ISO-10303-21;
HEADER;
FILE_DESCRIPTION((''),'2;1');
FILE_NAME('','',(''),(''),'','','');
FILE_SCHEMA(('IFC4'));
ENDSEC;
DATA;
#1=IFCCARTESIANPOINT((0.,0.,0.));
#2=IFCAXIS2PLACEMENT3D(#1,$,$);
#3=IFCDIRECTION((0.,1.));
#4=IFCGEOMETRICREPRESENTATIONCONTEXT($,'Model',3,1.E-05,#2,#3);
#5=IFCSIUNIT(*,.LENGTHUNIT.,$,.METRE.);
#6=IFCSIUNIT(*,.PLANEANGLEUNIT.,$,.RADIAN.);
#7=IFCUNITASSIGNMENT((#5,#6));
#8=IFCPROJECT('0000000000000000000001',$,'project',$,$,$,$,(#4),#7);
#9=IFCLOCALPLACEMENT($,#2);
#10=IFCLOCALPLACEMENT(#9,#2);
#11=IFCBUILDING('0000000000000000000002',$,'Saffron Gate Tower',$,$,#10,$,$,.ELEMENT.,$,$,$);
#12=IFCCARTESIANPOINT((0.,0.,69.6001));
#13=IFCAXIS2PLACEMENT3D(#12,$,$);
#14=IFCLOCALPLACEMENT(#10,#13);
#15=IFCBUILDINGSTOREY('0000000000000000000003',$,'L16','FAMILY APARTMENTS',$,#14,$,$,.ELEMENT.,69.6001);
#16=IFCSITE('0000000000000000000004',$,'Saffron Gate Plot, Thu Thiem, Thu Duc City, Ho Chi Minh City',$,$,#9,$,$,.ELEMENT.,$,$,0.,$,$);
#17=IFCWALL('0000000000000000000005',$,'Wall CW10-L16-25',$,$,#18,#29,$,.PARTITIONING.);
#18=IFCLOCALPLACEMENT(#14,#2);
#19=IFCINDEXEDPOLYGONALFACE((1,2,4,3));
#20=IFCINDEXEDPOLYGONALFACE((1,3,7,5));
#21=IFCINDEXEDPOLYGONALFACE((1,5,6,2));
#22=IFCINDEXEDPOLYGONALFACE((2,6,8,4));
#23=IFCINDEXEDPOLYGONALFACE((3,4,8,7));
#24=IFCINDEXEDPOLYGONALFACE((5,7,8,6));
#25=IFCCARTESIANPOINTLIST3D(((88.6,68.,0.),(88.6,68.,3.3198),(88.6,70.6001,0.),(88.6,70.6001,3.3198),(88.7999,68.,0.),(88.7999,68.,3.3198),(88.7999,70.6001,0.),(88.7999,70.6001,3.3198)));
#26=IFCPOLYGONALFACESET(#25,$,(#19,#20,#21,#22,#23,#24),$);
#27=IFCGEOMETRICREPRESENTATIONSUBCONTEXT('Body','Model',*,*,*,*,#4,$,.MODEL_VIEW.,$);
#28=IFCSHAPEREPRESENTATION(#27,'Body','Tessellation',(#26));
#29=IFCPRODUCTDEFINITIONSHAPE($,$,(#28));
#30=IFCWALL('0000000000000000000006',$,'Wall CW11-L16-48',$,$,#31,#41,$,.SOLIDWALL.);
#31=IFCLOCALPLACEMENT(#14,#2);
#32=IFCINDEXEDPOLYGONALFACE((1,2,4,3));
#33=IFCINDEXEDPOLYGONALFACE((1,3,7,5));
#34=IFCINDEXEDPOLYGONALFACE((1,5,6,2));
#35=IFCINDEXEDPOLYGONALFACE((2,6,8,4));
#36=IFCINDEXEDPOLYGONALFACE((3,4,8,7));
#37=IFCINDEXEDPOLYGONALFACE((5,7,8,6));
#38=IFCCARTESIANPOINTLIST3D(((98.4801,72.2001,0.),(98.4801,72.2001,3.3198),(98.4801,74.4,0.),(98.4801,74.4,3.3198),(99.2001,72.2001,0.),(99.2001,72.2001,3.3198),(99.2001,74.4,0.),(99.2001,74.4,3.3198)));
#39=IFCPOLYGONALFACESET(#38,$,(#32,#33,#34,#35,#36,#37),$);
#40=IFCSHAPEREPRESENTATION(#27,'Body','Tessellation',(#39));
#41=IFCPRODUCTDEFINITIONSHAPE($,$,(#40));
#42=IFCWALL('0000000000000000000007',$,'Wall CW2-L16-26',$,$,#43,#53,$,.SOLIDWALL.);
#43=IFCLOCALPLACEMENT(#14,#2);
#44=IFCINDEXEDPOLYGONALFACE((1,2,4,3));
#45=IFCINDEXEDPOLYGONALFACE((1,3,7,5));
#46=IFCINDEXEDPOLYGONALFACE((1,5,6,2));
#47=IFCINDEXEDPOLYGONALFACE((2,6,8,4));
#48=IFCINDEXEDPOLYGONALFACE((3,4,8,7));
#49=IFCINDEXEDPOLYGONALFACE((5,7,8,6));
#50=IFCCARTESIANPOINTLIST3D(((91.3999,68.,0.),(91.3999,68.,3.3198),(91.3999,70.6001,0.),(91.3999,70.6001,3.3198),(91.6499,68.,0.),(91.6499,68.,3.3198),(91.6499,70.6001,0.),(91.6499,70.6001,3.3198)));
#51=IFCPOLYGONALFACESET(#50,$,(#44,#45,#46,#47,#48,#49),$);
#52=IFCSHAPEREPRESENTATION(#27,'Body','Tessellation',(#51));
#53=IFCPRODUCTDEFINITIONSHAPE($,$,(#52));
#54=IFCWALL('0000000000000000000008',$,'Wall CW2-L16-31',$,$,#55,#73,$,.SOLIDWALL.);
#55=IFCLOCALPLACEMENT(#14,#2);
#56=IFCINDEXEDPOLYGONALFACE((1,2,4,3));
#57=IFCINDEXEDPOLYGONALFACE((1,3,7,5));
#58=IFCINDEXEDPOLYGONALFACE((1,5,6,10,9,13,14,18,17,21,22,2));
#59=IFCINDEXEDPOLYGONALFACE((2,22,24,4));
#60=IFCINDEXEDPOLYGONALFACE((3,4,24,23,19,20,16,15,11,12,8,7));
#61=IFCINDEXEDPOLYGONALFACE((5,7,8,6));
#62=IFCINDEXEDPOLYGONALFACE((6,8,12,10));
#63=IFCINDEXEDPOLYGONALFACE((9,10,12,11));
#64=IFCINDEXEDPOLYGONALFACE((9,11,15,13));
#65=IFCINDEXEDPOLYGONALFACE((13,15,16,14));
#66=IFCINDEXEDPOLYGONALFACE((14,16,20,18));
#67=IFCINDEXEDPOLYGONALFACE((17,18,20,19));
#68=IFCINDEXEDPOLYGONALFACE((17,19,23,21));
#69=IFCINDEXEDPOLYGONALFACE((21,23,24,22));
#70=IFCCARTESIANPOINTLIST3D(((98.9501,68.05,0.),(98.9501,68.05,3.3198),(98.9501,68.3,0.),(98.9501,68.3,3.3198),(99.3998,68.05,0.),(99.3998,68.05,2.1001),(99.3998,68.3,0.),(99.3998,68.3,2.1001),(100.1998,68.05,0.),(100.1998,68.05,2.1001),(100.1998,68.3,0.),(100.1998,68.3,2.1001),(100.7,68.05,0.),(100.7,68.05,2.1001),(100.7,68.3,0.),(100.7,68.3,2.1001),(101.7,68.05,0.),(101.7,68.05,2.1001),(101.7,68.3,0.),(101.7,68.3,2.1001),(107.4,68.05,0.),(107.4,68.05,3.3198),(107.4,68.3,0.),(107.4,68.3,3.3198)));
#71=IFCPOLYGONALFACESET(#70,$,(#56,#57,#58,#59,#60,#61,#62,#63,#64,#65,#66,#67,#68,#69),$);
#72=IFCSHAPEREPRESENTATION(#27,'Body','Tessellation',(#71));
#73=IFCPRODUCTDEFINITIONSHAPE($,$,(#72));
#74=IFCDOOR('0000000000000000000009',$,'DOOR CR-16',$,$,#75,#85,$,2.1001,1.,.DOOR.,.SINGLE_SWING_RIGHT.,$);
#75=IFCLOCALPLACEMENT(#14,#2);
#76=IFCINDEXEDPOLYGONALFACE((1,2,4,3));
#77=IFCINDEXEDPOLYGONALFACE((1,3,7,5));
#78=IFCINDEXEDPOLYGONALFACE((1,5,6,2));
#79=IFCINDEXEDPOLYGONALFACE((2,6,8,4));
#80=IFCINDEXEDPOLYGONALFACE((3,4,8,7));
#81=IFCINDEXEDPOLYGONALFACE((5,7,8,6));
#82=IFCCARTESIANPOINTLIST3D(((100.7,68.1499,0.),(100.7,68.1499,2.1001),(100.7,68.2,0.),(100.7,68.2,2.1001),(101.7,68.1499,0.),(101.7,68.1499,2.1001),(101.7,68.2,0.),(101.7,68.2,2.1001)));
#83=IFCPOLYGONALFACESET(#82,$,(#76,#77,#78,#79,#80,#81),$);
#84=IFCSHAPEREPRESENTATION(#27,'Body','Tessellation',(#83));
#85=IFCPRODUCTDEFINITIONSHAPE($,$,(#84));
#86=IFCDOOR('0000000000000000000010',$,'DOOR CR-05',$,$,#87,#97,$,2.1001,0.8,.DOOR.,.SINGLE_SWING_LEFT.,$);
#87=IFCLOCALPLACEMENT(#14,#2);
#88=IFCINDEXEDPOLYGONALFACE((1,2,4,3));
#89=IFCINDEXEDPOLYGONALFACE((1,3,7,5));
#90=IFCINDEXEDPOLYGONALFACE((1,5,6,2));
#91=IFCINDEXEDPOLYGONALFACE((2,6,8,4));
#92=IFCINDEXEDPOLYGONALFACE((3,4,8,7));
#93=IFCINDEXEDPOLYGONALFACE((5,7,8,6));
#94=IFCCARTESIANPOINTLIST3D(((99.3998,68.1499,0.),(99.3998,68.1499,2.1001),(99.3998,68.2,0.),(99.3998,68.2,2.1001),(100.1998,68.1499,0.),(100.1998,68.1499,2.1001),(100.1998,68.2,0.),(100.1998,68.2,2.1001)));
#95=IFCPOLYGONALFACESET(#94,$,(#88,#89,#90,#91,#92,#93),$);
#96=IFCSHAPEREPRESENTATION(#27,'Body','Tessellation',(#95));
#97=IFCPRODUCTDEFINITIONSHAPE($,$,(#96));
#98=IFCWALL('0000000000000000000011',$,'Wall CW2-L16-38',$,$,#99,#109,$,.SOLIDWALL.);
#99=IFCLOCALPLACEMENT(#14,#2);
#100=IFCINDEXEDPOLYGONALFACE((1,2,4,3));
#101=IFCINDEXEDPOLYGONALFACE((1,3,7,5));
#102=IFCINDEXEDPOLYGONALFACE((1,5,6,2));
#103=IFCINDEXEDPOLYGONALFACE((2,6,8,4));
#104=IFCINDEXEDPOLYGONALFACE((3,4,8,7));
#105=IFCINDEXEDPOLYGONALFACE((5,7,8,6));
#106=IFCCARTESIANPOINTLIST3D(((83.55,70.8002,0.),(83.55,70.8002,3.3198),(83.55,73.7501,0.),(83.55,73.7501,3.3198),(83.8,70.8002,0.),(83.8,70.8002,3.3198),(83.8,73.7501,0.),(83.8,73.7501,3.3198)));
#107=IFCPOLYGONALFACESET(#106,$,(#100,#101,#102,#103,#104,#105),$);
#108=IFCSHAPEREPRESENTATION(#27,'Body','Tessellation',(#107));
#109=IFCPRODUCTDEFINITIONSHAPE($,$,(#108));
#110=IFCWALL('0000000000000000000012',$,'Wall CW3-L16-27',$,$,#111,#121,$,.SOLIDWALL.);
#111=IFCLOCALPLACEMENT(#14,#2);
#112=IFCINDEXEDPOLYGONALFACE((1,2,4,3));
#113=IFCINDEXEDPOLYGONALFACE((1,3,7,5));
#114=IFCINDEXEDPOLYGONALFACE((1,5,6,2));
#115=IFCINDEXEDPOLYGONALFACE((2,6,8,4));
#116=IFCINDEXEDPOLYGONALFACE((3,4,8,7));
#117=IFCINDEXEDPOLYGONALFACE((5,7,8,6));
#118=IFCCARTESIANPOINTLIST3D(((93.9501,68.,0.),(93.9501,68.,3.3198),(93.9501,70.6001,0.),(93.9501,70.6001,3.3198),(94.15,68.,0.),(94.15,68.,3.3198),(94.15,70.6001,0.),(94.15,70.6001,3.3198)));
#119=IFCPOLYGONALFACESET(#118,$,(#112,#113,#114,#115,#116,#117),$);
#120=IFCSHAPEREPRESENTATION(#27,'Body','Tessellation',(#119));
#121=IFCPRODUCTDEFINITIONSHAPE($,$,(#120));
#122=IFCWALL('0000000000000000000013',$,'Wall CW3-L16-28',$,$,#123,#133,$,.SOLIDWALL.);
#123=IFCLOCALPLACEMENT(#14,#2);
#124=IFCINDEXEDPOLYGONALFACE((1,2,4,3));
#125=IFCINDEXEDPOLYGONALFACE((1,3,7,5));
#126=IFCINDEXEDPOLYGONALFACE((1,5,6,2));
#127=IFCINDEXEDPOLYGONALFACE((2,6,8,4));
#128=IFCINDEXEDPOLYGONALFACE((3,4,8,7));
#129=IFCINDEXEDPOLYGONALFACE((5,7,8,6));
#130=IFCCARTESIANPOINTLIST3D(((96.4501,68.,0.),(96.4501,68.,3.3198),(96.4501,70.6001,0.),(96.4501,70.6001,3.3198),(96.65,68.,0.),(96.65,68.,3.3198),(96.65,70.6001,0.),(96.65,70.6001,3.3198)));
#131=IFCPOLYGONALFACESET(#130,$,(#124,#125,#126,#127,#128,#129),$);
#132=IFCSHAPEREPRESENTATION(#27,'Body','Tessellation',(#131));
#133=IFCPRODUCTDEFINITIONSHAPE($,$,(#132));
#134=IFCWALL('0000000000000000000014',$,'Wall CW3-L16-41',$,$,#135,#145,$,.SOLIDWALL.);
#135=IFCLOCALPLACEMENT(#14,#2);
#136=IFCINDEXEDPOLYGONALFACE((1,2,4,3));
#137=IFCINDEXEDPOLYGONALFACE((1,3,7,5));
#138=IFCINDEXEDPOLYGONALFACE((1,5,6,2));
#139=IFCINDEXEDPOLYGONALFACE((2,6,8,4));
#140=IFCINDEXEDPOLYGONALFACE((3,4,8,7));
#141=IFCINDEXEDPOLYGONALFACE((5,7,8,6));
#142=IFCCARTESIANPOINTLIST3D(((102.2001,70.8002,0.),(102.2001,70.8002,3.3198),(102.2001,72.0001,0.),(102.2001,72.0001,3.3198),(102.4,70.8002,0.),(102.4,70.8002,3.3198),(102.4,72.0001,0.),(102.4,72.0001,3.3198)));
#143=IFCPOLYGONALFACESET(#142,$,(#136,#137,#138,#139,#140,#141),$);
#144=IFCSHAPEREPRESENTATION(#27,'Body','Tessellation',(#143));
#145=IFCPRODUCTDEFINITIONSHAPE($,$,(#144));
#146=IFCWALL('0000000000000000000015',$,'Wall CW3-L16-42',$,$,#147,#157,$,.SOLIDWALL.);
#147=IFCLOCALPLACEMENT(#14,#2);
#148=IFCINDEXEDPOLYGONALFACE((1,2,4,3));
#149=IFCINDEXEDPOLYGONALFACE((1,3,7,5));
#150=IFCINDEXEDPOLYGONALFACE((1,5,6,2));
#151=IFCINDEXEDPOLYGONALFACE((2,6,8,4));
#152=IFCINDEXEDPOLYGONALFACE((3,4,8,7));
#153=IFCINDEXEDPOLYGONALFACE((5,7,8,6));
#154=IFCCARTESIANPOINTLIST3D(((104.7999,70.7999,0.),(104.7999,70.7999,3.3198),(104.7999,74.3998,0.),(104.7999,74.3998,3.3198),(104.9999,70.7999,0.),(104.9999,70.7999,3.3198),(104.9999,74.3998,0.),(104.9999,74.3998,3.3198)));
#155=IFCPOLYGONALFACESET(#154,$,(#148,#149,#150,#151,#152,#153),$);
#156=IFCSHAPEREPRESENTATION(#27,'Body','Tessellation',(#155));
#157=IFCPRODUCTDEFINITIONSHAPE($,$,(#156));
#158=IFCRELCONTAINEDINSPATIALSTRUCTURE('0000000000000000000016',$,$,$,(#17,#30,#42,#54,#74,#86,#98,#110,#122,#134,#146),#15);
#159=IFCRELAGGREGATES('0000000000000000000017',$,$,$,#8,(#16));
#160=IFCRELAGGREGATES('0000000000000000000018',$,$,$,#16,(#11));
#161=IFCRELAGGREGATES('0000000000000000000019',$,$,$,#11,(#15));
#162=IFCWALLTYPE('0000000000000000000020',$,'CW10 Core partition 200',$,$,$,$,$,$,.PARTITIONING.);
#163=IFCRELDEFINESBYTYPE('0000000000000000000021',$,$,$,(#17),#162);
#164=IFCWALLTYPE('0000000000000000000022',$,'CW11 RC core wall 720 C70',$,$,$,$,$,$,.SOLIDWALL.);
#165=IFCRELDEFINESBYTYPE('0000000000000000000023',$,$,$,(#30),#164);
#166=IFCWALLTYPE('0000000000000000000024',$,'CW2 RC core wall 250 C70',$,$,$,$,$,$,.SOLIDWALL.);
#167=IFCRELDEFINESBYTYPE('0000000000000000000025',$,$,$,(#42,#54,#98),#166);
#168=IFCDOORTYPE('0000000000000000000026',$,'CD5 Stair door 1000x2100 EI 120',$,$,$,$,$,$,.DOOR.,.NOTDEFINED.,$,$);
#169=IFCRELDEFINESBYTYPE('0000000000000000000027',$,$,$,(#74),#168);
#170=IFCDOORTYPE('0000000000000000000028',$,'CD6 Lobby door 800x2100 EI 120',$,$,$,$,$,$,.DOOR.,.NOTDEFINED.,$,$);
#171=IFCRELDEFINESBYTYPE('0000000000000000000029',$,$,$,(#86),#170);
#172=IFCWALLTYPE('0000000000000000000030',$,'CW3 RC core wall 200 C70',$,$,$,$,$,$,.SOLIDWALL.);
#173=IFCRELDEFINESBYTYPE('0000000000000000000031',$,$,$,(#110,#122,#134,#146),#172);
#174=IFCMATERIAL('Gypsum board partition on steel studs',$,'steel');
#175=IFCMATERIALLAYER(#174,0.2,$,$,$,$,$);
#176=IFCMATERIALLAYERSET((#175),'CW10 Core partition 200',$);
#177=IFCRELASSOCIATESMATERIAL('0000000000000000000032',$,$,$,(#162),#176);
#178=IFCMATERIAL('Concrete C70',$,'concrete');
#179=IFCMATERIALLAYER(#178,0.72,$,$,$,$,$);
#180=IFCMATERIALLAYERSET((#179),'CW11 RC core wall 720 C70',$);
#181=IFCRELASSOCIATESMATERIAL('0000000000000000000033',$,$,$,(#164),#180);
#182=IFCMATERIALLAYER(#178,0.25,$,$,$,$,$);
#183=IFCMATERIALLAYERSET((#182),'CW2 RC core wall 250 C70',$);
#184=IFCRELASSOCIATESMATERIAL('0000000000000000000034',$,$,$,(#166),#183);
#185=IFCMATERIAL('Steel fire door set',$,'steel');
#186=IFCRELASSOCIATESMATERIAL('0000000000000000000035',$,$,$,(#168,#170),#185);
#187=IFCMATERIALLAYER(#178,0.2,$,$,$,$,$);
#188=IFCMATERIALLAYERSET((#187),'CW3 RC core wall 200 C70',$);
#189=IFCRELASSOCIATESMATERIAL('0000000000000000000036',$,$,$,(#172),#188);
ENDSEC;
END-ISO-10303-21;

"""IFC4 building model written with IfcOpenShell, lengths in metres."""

from ifc_helpers import new_model, si_unit, direction, frame, frame_2d, origin, place, context, subcontext, project, spatial, rectangle, extrude, material, layer, layer_set, type_object, element, fill, save


model = new_model("IFC4")

# Units and contexts
model_context = context("Model", 3, precision=1e-05, world=origin(), true_north=direction((0.0, 1.0)))
body_context = subcontext(model_context, "Body", "Model", "MODEL_VIEW")
ifc_project = project(units=[si_unit("LENGTHUNIT", "METRE"), si_unit("PLANEANGLEUNIT", "RADIAN")], contexts=[model_context])

# Site, building, storey
site_placement = place(None, origin())
site = spatial("IfcSite", under=ifc_project, at=site_placement, Name="Saffron Gate Plot, Thu Thiem, Thu Duc City, Ho Chi Minh City", CompositionType="ELEMENT", RefElevation=0.0)
building_placement = place(site_placement, origin())
building = spatial("IfcBuilding", under=site, at=building_placement, Name="Saffron Gate Tower", CompositionType="ELEMENT")
storey_placement = place(building_placement, frame((0.0, 0.0, 69.6001)))
storey = spatial("IfcBuildingStorey", under=building, at=storey_placement, Name="L16", Description="FAMILY APARTMENTS", CompositionType="ELEMENT", Elevation=69.6001)

# Walls
ifc_material_1 = material(Name="Gypsum board partition on steel studs", Category="steel")
ifc_layer_1 = layer(ifc_material_1, 0.2)
ifc_layer_set_1 = layer_set([ifc_layer_1], Name="CW10 Core partition 200")
wall_type_1 = type_object("IfcWallType", Name="CW10 Core partition 200", PredefinedType="PARTITIONING", material=ifc_layer_set_1)
wall_1_placement = place(storey_placement, frame((88.7, 68.0, 0.0), z_axis=(0.0, 0.0, 1.0), x_axis=(0.0, 1.0, 0.0)))
element("IfcWall", 1, at=wall_1_placement, inside=storey, type_object=wall_type_1, Name="Wall CW10-L16-25", PredefinedType="PARTITIONING", context=body_context, shape_type="SweptSolid", body=[
    extrude(rectangle(XDim=2.6001, YDim=0.2, at=frame_2d((1.3, 0.0))), origin(), (0.0, 0.0, 1.0), 3.3198),
])
ifc_material_2 = material(Name="Concrete C70", Category="concrete")
ifc_layer_2 = layer(ifc_material_2, 0.72)
ifc_layer_set_2 = layer_set([ifc_layer_2], Name="CW11 RC core wall 720 C70")
wall_type_2 = type_object("IfcWallType", Name="CW11 RC core wall 720 C70", PredefinedType="SOLIDWALL", material=ifc_layer_set_2)
wall_2_placement = place(storey_placement, frame((98.8401, 72.2, 0.0), z_axis=(0.0, 0.0, 1.0), x_axis=(0.0, 1.0, 0.0)))
element("IfcWall", 2, at=wall_2_placement, inside=storey, type_object=wall_type_2, Name="Wall CW11-L16-48", PredefinedType="SOLIDWALL", context=body_context, shape_type="SweptSolid", body=[
    extrude(rectangle(XDim=2.2, YDim=0.72, at=frame_2d((1.1001, 0.0))), origin(), (0.0, 0.0, 1.0), 3.3198),
])
ifc_layer_3 = layer(ifc_material_2, 0.25)
ifc_layer_set_3 = layer_set([ifc_layer_3], Name="CW2 RC core wall 250 C70")
wall_type_3 = type_object("IfcWallType", Name="CW2 RC core wall 250 C70", PredefinedType="SOLIDWALL", material=ifc_layer_set_3)
wall_3_placement = place(storey_placement, frame((91.5249, 68.0, 0.0), z_axis=(0.0, 0.0, 1.0), x_axis=(0.0, 1.0, 0.0)))
element("IfcWall", 3, at=wall_3_placement, inside=storey, type_object=wall_type_3, Name="Wall CW2-L16-26", PredefinedType="SOLIDWALL", context=body_context, shape_type="SweptSolid", body=[
    extrude(rectangle(XDim=2.6001, YDim=0.25, at=frame_2d((1.3, 0.0))), origin(), (0.0, 0.0, 1.0), 3.3198),
])

# Wall, openings, doors
wall_4_placement = place(storey_placement, frame((98.95, 68.175, 0.0), z_axis=(0.0, 0.0, 1.0), x_axis=(1.0, 0.0, 0.0)))
wall_4 = element("IfcWall", 4, at=wall_4_placement, inside=storey, type_object=wall_type_3, Name="Wall CW2-L16-31", PredefinedType="SOLIDWALL", context=body_context, shape_type="SweptSolid", body=[
    extrude(rectangle(XDim=8.45, YDim=0.25, at=frame_2d((4.2251, 0.0))), origin(), (0.0, 0.0, 1.0), 3.3198),
])
opening_1_placement = place(wall_4_placement, frame((0.45, 0.0, 0.0)))
opening_1 = element("IfcOpeningElement", 5, at=opening_1_placement, cuts=wall_4, PredefinedType="OPENING", context=body_context, shape_type="SweptSolid", body=[
    extrude(rectangle(XDim=0.8, YDim=2.1001, at=frame_2d((0.3999, 1.05))), frame((0.0, 0.135, 0.0), z_axis=(0.0, -1.0, 0.0), x_axis=(1.0, 0.0, 0.0)), (0.0, 0.0, 1.0), 0.27),
])
opening_2_placement = place(wall_4_placement, frame((1.75, 0.0, 0.0)))
opening_2 = element("IfcOpeningElement", 6, at=opening_2_placement, cuts=wall_4, PredefinedType="OPENING", context=body_context, shape_type="SweptSolid", body=[
    extrude(rectangle(XDim=1.0, YDim=2.1001, at=frame_2d((0.5, 1.05))), frame((0.0, 0.135, 0.0), z_axis=(0.0, -1.0, 0.0), x_axis=(1.0, 0.0, 0.0)), (0.0, 0.0, 1.0), 0.27),
])
ifc_material_3 = material(Name="Steel fire door set", Category="steel")
door_type_1 = type_object("IfcDoorType", Name="CD5 Stair door 1000x2100 EI 120", OperationType="NOTDEFINED", PredefinedType="DOOR", material=ifc_material_3)
door_1_placement = place(opening_2_placement, origin())
door_1 = element("IfcDoor", 7, at=door_1_placement, inside=storey, type_object=door_type_1, Name="DOOR CR-16", OperationType="SINGLE_SWING_RIGHT", OverallHeight=2.1001, OverallWidth=1.0, PredefinedType="DOOR", context=body_context, shape_type="SweptSolid", body=[
    extrude(rectangle(XDim=1.0, YDim=2.1001, at=frame_2d((0.5, 1.05))), frame((0.0, 0.0249, 0.0), z_axis=(0.0, -1.0, 0.0), x_axis=(1.0, 0.0, 0.0)), (0.0, 0.0, 1.0), 0.05),
])
fill(opening_2, door_1)
door_type_2 = type_object("IfcDoorType", Name="CD6 Lobby door 800x2100 EI 120", OperationType="NOTDEFINED", PredefinedType="DOOR", material=ifc_material_3)
door_2_placement = place(opening_1_placement, origin())
door_2 = element("IfcDoor", 8, at=door_2_placement, inside=storey, type_object=door_type_2, Name="DOOR CR-05", OperationType="SINGLE_SWING_LEFT", OverallHeight=2.1001, OverallWidth=0.8, PredefinedType="DOOR", context=body_context, shape_type="SweptSolid", body=[
    extrude(rectangle(XDim=0.8, YDim=2.1001, at=frame_2d((0.3999, 1.05))), frame((0.0, 0.0249, 0.0), z_axis=(0.0, -1.0, 0.0), x_axis=(1.0, 0.0, 0.0)), (0.0, 0.0, 1.0), 0.05),
])
fill(opening_1, door_2)

# Walls
wall_5_placement = place(storey_placement, frame((83.675, 70.8, 0.0), z_axis=(0.0, 0.0, 1.0), x_axis=(0.0, 1.0, 0.0)))
element("IfcWall", 9, at=wall_5_placement, inside=storey, type_object=wall_type_3, Name="Wall CW2-L16-38", PredefinedType="SOLIDWALL", context=body_context, shape_type="SweptSolid", body=[
    extrude(rectangle(XDim=2.95, YDim=0.25, at=frame_2d((1.4751, 0.0))), origin(), (0.0, 0.0, 1.0), 3.3198),
])
ifc_layer_4 = layer(ifc_material_2, 0.2)
ifc_layer_set_4 = layer_set([ifc_layer_4], Name="CW3 RC core wall 200 C70")
wall_type_4 = type_object("IfcWallType", Name="CW3 RC core wall 200 C70", PredefinedType="SOLIDWALL", material=ifc_layer_set_4)
for number, where, z_axis, x_axis, name in (
    (10, (94.05, 68.0, 0.0), (0.0, 0.0, 1.0), (0.0, 1.0, 0.0), "Wall CW3-L16-27"),
    (11, (96.55, 68.0, 0.0), (0.0, 0.0, 1.0), (0.0, 1.0, 0.0), "Wall CW3-L16-28"),
):
    element("IfcWall", number, at=place(storey_placement, frame(where, z_axis=z_axis, x_axis=x_axis)), inside=storey, type_object=wall_type_4, Name=name, PredefinedType="SOLIDWALL", context=body_context, shape_type="SweptSolid", body=[
        extrude(rectangle(XDim=2.6001, YDim=0.2, at=frame_2d((1.3, 0.0))), origin(), (0.0, 0.0, 1.0), 3.3198),
    ])
wall_6_placement = place(storey_placement, frame((102.3, 70.8, 0.0), z_axis=(0.0, 0.0, 1.0), x_axis=(0.0, 1.0, 0.0)))
element("IfcWall", 12, at=wall_6_placement, inside=storey, type_object=wall_type_4, Name="Wall CW3-L16-41", PredefinedType="SOLIDWALL", context=body_context, shape_type="SweptSolid", body=[
    extrude(rectangle(XDim=1.2, YDim=0.2, at=frame_2d((0.6001, 0.0))), origin(), (0.0, 0.0, 1.0), 3.3198),
])
wall_7_placement = place(storey_placement, frame((104.8999, 70.8, 0.0), z_axis=(0.0, 0.0, 1.0), x_axis=(0.0, 1.0, 0.0)))
element("IfcWall", 13, at=wall_7_placement, inside=storey, type_object=wall_type_4, Name="Wall CW3-L16-42", PredefinedType="SOLIDWALL", context=body_context, shape_type="SweptSolid", body=[
    extrude(rectangle(XDim=3.5999, YDim=0.2, at=frame_2d((1.7998, 0.0))), origin(), (0.0, 0.0, 1.0), 3.3198),
])

save(model, "model.ifc")
